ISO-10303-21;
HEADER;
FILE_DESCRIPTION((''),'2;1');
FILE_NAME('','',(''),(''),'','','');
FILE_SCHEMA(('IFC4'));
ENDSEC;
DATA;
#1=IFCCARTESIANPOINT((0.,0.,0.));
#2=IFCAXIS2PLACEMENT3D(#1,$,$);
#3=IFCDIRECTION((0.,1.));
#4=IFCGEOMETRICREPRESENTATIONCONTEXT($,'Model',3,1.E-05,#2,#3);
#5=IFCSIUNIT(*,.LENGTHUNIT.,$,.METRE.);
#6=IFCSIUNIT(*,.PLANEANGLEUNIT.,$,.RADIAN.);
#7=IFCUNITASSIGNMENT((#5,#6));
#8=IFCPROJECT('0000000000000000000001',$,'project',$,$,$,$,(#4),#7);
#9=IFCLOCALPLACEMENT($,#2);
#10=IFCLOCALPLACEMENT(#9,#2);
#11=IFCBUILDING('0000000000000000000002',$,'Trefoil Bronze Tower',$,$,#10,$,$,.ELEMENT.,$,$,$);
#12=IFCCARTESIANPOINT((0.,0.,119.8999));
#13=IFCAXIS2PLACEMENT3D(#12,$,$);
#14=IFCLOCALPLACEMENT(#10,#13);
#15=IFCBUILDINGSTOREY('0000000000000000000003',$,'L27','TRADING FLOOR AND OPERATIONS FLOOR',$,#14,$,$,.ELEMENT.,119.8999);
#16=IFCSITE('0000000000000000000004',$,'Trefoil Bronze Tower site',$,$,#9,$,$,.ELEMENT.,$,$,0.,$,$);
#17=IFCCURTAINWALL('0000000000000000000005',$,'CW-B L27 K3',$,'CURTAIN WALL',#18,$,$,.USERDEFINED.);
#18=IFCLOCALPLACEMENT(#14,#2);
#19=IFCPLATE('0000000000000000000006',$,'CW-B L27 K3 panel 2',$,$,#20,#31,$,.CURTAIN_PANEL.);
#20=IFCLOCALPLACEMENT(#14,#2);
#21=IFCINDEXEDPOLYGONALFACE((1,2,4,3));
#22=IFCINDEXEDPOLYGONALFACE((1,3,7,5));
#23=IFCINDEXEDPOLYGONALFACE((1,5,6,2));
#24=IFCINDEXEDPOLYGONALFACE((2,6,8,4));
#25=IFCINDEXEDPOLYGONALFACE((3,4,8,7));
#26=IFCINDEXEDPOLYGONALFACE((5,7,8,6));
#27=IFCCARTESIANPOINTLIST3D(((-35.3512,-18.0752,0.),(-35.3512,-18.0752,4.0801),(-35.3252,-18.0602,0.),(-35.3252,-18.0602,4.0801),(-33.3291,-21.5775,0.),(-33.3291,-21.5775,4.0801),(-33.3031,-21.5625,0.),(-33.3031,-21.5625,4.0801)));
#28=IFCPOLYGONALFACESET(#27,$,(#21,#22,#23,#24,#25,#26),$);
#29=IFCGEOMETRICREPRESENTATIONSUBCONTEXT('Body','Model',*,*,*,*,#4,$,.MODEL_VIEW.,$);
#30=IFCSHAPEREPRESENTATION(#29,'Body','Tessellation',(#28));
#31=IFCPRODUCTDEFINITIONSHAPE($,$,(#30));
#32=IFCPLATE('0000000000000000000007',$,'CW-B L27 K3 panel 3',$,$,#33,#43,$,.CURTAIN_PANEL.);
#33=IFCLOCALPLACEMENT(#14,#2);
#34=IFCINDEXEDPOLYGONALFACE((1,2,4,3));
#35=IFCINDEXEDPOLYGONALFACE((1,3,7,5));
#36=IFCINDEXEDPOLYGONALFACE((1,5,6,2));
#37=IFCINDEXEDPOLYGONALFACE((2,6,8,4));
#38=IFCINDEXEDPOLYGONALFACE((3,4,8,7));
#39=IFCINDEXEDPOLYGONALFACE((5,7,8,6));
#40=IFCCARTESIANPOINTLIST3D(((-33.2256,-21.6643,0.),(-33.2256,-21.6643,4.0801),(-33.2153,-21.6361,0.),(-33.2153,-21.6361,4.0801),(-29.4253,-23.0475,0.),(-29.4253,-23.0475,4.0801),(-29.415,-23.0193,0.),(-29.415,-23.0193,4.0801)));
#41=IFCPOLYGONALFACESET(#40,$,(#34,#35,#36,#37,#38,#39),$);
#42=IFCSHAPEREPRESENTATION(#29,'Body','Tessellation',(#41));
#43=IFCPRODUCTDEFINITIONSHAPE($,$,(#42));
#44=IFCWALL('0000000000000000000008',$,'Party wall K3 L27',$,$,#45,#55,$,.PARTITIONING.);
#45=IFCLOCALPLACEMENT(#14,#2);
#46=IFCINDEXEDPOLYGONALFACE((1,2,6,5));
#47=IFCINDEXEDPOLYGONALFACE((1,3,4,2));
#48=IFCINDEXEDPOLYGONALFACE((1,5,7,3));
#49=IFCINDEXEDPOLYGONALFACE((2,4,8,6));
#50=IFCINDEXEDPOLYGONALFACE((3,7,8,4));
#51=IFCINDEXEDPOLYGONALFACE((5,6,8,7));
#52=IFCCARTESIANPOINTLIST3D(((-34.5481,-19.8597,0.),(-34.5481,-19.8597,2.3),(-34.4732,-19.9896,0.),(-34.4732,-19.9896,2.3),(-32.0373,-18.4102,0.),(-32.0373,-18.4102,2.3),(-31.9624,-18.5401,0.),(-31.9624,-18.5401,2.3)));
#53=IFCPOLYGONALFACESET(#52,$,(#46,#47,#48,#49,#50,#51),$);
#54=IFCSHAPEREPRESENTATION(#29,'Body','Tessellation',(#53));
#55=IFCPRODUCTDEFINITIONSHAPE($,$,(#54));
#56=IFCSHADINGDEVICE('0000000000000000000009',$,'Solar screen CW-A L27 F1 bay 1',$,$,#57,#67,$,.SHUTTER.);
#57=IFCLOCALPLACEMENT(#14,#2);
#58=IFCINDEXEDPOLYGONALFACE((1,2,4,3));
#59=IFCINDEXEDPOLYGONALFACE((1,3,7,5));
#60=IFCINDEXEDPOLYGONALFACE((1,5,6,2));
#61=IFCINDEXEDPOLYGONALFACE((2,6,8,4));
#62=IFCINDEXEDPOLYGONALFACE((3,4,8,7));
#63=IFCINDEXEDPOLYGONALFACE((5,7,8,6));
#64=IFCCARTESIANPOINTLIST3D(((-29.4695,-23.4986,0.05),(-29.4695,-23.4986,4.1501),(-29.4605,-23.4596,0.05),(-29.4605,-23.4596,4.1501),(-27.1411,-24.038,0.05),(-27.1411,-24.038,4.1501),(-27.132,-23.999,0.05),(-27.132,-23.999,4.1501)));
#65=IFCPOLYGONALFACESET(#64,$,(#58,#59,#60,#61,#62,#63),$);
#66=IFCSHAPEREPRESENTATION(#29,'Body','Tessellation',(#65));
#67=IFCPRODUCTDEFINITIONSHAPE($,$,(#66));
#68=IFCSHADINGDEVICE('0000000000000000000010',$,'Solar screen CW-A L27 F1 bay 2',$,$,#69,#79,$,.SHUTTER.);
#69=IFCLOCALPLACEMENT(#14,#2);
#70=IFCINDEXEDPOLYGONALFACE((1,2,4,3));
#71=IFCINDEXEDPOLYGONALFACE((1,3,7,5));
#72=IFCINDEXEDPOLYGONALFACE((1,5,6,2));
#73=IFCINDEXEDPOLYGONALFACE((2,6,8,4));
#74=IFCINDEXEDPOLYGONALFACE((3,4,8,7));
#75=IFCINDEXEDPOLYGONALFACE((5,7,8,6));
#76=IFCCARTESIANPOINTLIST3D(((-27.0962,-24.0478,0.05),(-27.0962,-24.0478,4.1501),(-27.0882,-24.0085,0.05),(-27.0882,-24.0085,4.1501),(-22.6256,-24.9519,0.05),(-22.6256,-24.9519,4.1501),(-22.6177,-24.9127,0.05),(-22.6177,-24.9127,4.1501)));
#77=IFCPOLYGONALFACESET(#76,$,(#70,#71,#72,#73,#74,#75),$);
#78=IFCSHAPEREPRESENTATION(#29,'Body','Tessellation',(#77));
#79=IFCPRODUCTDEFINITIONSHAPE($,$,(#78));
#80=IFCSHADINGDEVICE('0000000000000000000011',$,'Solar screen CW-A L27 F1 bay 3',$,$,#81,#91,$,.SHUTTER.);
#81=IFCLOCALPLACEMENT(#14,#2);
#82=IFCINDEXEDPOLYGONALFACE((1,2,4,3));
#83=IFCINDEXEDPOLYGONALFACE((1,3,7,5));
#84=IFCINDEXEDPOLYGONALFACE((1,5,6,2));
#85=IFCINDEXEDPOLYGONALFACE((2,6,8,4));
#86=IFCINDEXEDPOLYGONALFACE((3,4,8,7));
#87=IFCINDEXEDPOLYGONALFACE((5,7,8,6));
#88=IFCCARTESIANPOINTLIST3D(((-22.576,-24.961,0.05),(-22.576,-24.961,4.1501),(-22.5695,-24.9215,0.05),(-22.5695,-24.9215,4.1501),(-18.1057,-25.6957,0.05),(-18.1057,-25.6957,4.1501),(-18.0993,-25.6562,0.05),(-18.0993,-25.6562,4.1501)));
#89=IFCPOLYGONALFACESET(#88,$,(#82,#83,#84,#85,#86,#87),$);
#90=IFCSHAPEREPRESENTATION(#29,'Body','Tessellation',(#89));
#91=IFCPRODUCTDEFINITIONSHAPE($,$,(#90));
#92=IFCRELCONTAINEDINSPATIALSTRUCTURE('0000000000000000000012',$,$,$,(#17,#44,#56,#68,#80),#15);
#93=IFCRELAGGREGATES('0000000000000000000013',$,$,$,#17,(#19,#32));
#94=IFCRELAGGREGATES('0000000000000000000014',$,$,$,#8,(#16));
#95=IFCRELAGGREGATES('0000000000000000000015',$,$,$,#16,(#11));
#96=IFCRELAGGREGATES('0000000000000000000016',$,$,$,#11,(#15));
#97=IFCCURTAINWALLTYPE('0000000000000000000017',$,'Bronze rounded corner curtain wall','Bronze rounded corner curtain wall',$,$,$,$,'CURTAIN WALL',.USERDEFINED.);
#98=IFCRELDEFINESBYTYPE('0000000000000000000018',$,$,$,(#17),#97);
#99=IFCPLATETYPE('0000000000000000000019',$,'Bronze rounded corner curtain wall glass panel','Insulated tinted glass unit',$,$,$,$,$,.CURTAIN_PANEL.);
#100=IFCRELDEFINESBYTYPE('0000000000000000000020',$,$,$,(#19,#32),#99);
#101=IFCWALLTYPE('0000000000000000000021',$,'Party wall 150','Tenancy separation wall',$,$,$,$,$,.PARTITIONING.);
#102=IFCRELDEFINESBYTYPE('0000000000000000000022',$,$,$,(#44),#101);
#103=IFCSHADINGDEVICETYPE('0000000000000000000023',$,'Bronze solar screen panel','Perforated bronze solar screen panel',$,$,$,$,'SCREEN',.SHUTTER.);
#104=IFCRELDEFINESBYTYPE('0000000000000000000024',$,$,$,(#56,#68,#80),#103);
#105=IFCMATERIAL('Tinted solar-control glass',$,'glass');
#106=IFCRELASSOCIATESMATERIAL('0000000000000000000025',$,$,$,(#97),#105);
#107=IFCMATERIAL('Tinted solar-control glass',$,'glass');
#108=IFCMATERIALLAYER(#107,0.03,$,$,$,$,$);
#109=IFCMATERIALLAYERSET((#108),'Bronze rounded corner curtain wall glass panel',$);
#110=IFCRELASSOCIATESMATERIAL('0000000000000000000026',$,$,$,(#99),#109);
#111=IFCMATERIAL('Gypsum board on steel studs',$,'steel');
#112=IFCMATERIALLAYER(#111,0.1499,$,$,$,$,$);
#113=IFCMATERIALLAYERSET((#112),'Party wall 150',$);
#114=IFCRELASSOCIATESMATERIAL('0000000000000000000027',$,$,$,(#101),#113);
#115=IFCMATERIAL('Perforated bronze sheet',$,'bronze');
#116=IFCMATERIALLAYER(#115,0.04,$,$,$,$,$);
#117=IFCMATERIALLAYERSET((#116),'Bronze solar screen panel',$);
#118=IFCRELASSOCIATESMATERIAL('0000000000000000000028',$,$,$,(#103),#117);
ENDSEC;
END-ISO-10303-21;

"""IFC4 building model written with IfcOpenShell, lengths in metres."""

from ifc_helpers import new_model, si_unit, direction, frame, frame_2d, origin, origin_2d, place, context, subcontext, project, spatial, rectangle, extrude, material, layer, layer_set, type_object, element, aggregate, save


model = new_model("IFC4")

# Units and contexts
model_context = context("Model", 3, precision=1e-05, world=origin(), true_north=direction((0.0, 1.0)))
body_context = subcontext(model_context, "Body", "Model", "MODEL_VIEW")
ifc_project = project(units=[si_unit("LENGTHUNIT", "METRE"), si_unit("PLANEANGLEUNIT", "RADIAN")], contexts=[model_context])

# Site, building, storey
site_placement = place(None, origin())
site = spatial("IfcSite", under=ifc_project, at=site_placement, Name="Trefoil Bronze Tower site", CompositionType="ELEMENT", RefElevation=0.0)
building_placement = place(site_placement, origin())
building = spatial("IfcBuilding", under=site, at=building_placement, Name="Trefoil Bronze Tower", CompositionType="ELEMENT")
storey_placement = place(building_placement, frame((0.0, 0.0, 119.8999)))
storey = spatial("IfcBuildingStorey", under=building, at=storey_placement, Name="L27", Description="TRADING FLOOR AND OPERATIONS FLOOR", CompositionType="ELEMENT", Elevation=119.8999)

# Curtain wall
ifc_material_1 = material(Name="Tinted solar-control glass", Category="glass")
curtain_wall_type_1 = type_object("IfcCurtainWallType", Name="Bronze rounded corner curtain wall", Description="Bronze rounded corner curtain wall", ElementType="CURTAIN WALL", PredefinedType="USERDEFINED", material=ifc_material_1)
curtain_wall_1_placement = place(storey_placement, origin())
curtain_wall_1 = element("IfcCurtainWall", 1, at=curtain_wall_1_placement, inside=storey, type_object=curtain_wall_type_1, Name="CW-B L27 K3", ObjectType="CURTAIN WALL", PredefinedType="USERDEFINED")

# Plates
ifc_material_2 = material(Name="Tinted solar-control glass", Category="glass")
ifc_layer_1 = layer(ifc_material_2, 0.03)
ifc_layer_set_1 = layer_set([ifc_layer_1], Name="Bronze rounded corner curtain wall glass panel")
plate_type_1 = type_object("IfcPlateType", Name="Bronze rounded corner curtain wall glass panel", Description="Insulated tinted glass unit", PredefinedType="CURTAIN_PANEL", material=ifc_layer_set_1)
plate_1_placement = place(storey_placement, frame((-34.3271, -19.8188, 0.0), z_axis=(0.0, 0.0, 1.0), x_axis=(0.5, -0.866025, 0.0)))
plate_1 = element("IfcPlate", 2, at=plate_1_placement, type_object=plate_type_1, Name="CW-B L27 K3 panel 2", PredefinedType="CURTAIN_PANEL", context=body_context, shape_type="SweptSolid", body=[
    extrude(rectangle(XDim=4.0442, YDim=0.03, at=origin_2d()), origin(), (0.0, 0.0, 1.0), 4.0801),
])
plate_2_placement = place(storey_placement, frame((-31.3203, -22.3418, 0.0), z_axis=(0.0, 0.0, 1.0), x_axis=(0.939693, -0.34202, 0.0)))
plate_2 = element("IfcPlate", 3, at=plate_2_placement, type_object=plate_type_1, Name="CW-B L27 K3 panel 3", PredefinedType="CURTAIN_PANEL", context=body_context, shape_type="SweptSolid", body=[
    extrude(rectangle(XDim=4.0442, YDim=0.03, at=origin_2d()), origin(), (0.0, 0.0, 1.0), 4.0801),
])
aggregate(curtain_wall_1, [plate_1, plate_2])

# Wall
ifc_material_3 = material(Name="Gypsum board on steel studs", Category="steel")
ifc_layer_2 = layer(ifc_material_3, 0.1499)
ifc_layer_set_2 = layer_set([ifc_layer_2], Name="Party wall 150")
wall_type = type_object("IfcWallType", Name="Party wall 150", Description="Tenancy separation wall", PredefinedType="PARTITIONING", material=ifc_layer_set_2)
wall_placement = place(storey_placement, frame((-31.9998, -18.4751, 0.0), z_axis=(0.0, 0.0, 1.0), x_axis=(-0.866043, -0.49997, 0.0)))
element("IfcWall", 4, at=wall_placement, inside=storey, type_object=wall_type, Name="Party wall K3 L27", PredefinedType="PARTITIONING", context=body_context, shape_type="SweptSolid", body=[
    extrude(rectangle(XDim=2.8992, YDim=0.1499, at=frame_2d((1.4497, 0.0))), origin(), (0.0, 0.0, 1.0), 2.3),
])

# Shading devices
ifc_material_4 = material(Name="Perforated bronze sheet", Category="bronze")
ifc_layer_3 = layer(ifc_material_4, 0.04)
ifc_layer_set_3 = layer_set([ifc_layer_3], Name="Bronze solar screen panel")
shading_device_type = type_object("IfcShadingDeviceType", Name="Bronze solar screen panel", Description="Perforated bronze solar screen panel", ElementType="SCREEN", PredefinedType="SHUTTER", material=ifc_layer_set_3)
shading_device_1_placement = place(storey_placement, frame((-28.3008, -23.7488, 0.05), z_axis=(0.0, 0.0, 1.0), x_axis=(0.974204, -0.225667, 0.0)))
element("IfcShadingDevice", 5, at=shading_device_1_placement, inside=storey, type_object=shading_device_type, Name="Solar screen CW-A L27 F1 bay 1", PredefinedType="SHUTTER", context=body_context, shape_type="SweptSolid", body=[
    extrude(rectangle(XDim=2.3901, YDim=0.04, at=origin_2d()), origin(), (0.0, 0.0, 1.0), 4.1001),
])
shading_device_2_placement = place(storey_placement, frame((-24.8569, -24.4802, 0.05), z_axis=(0.0, 0.0, 1.0), x_axis=(0.980155, -0.198232, 0.0)))
element("IfcShadingDevice", 6, at=shading_device_2_placement, inside=storey, type_object=shading_device_type, Name="Solar screen CW-A L27 F1 bay 2", PredefinedType="SHUTTER", context=body_context, shape_type="SweptSolid", body=[
    extrude(rectangle(XDim=4.561, YDim=0.04, at=origin_2d()), origin(), (0.0, 0.0, 1.0), 4.1001),
])
shading_device_3_placement = place(storey_placement, frame((-20.3376, -25.3086, 0.05), z_axis=(0.0, 0.0, 1.0), x_axis=(0.98676, -0.162189, 0.0)))
element("IfcShadingDevice", 7, at=shading_device_3_placement, inside=storey, type_object=shading_device_type, Name="Solar screen CW-A L27 F1 bay 3", PredefinedType="SHUTTER", context=body_context, shape_type="SweptSolid", body=[
    extrude(rectangle(XDim=4.5303, YDim=0.04, at=origin_2d()), origin(), (0.0, 0.0, 1.0), 4.1001),
])

save(model, "model.ifc")
